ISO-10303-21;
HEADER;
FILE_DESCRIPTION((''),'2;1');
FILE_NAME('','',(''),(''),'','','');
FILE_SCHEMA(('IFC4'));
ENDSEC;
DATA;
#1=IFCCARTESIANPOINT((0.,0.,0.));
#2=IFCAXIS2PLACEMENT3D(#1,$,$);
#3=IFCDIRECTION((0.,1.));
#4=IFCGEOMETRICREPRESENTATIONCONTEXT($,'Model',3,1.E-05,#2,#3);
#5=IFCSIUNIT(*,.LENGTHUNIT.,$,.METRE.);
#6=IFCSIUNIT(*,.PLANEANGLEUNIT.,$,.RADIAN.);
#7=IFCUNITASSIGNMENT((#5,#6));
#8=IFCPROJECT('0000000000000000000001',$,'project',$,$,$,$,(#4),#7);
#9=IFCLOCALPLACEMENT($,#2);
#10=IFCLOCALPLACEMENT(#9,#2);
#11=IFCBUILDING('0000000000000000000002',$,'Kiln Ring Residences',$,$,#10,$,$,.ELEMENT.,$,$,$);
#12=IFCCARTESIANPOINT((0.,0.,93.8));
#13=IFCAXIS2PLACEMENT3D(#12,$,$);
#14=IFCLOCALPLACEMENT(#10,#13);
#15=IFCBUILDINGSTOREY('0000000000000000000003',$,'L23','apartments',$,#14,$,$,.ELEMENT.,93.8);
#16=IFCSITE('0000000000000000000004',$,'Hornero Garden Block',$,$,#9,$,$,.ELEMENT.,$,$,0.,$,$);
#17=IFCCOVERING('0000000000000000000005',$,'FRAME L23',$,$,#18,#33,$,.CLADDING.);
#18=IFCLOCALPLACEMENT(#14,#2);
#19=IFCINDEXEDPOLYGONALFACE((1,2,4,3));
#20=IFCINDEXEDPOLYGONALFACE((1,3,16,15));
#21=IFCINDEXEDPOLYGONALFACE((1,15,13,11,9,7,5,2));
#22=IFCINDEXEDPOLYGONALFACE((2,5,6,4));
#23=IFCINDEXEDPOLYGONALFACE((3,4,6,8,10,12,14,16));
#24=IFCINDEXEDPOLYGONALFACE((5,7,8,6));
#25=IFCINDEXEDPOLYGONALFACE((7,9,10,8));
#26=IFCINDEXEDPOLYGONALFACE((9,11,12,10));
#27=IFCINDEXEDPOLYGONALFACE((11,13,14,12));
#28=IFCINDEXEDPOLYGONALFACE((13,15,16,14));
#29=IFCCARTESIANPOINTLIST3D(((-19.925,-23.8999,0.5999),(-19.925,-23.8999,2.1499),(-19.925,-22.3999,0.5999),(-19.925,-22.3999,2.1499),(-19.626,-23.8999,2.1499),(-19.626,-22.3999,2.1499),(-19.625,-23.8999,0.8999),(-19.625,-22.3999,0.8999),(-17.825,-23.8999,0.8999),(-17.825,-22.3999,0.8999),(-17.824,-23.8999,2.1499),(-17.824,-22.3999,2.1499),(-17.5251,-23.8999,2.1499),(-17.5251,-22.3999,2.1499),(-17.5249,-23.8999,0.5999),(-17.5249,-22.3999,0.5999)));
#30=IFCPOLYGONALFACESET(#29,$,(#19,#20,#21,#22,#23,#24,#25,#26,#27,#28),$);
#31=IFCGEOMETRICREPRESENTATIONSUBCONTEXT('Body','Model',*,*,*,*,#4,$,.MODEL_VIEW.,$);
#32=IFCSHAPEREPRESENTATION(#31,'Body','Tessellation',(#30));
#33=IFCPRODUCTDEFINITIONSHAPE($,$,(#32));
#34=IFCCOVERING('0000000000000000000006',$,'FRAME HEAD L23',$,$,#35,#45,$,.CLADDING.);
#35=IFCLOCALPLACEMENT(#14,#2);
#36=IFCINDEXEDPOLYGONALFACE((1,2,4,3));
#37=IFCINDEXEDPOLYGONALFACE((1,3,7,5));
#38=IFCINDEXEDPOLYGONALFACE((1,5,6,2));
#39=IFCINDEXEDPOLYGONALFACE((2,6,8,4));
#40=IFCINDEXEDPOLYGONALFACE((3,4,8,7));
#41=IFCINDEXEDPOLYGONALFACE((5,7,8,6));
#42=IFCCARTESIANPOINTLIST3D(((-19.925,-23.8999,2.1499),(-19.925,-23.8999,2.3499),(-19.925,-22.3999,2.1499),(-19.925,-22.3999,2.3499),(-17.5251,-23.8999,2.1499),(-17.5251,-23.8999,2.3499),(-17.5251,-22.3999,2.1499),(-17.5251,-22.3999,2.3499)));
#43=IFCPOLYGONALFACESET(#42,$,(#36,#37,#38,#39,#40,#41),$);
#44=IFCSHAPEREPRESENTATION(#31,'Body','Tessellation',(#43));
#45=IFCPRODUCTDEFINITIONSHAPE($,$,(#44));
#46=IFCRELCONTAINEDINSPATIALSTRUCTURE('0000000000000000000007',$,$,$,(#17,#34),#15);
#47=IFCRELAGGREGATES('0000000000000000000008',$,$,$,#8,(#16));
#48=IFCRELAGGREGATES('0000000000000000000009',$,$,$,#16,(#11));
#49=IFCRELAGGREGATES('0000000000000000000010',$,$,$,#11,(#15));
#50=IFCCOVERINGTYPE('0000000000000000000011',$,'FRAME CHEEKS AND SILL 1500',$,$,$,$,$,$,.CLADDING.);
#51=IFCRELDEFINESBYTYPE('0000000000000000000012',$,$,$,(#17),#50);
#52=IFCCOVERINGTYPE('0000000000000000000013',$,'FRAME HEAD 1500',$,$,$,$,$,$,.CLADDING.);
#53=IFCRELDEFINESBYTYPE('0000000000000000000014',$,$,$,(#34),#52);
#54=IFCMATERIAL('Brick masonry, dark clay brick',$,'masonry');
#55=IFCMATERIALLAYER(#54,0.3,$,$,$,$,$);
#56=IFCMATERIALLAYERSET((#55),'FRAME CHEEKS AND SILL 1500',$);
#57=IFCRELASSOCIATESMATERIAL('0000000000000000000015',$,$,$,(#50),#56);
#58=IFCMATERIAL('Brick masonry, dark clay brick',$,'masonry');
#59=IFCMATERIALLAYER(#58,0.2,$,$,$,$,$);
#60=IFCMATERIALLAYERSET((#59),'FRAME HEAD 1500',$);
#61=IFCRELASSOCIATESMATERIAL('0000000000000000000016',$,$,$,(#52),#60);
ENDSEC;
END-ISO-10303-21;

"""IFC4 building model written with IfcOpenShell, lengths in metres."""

from ifc_helpers import new_model, si_unit, direction, frame, origin, origin_2d, place, context, subcontext, project, spatial, polyline, rectangle, outline, extrude, material, layer, layer_set, type_object, element, save


model = new_model("IFC4")

# Units and contexts
model_context = context("Model", 3, precision=1e-05, world=origin(), true_north=direction((0.0, 1.0)))
body_context = subcontext(model_context, "Body", "Model", "MODEL_VIEW")
ifc_project = project(units=[si_unit("LENGTHUNIT", "METRE"), si_unit("PLANEANGLEUNIT", "RADIAN")], contexts=[model_context])

# Site, building, storey
site_placement = place(None, origin())
site = spatial("IfcSite", under=ifc_project, at=site_placement, Name="Hornero Garden Block", CompositionType="ELEMENT", RefElevation=0.0)
building_placement = place(site_placement, origin())
building = spatial("IfcBuilding", under=site, at=building_placement, Name="Kiln Ring Residences", CompositionType="ELEMENT")
storey_placement = place(building_placement, frame((0.0, 0.0, 93.8)))
storey = spatial("IfcBuildingStorey", under=building, at=storey_placement, Name="L23", Description="apartments", CompositionType="ELEMENT", Elevation=93.8)

# Coverings
ifc_material_1 = material(Name="Brick masonry, dark clay brick", Category="masonry")
ifc_layer_1 = layer(ifc_material_1, 0.3)
ifc_layer_set_1 = layer_set([ifc_layer_1], Name="FRAME CHEEKS AND SILL 1500")
covering_type_1 = type_object("IfcCoveringType", Name="FRAME CHEEKS AND SILL 1500", PredefinedType="CLADDING", material=ifc_layer_set_1)
covering_1_placement = place(storey_placement, frame((-19.925, -23.1499, 0.5999), z_axis=(0.0, 0.0, 1.0), x_axis=(1.0, 0.0, 0.0)))
element("IfcCovering", 1, at=covering_1_placement, inside=storey, type_object=covering_type_1, Name="FRAME L23", PredefinedType="CLADDING", context=body_context, shape_type="SweptSolid", body=[
    extrude(outline(polyline([(0.0, 0.0), (2.4001, 0.0), (2.3999, 1.55), (2.1011, 1.55), (2.1001, 0.3), (0.3, 0.3), (0.2991, 1.55), (0.0, 1.55), (0.0, 0.0)])), frame((0.0, 0.75, 0.0), z_axis=(0.0, -1.0, 0.0), x_axis=(1.0, 0.0, 0.0)), (0.0, 0.0, 1.0), 1.5),
])
ifc_material_2 = material(Name="Brick masonry, dark clay brick", Category="masonry")
ifc_layer_2 = layer(ifc_material_2, 0.2)
ifc_layer_set_2 = layer_set([ifc_layer_2], Name="FRAME HEAD 1500")
covering_type_2 = type_object("IfcCoveringType", Name="FRAME HEAD 1500", PredefinedType="CLADDING", material=ifc_layer_set_2)
covering_2_placement = place(storey_placement, frame((-18.7251, -23.1499, 2.1499), z_axis=(0.0, 0.0, 1.0), x_axis=(1.0, 0.0, 0.0)))
element("IfcCovering", 2, at=covering_2_placement, inside=storey, type_object=covering_type_2, Name="FRAME HEAD L23", PredefinedType="CLADDING", context=body_context, shape_type="SweptSolid", body=[
    extrude(rectangle(XDim=2.3999, YDim=1.5, at=origin_2d()), origin(), (0.0, 0.0, 1.0), 0.2),
])

save(model, "model.ifc")
